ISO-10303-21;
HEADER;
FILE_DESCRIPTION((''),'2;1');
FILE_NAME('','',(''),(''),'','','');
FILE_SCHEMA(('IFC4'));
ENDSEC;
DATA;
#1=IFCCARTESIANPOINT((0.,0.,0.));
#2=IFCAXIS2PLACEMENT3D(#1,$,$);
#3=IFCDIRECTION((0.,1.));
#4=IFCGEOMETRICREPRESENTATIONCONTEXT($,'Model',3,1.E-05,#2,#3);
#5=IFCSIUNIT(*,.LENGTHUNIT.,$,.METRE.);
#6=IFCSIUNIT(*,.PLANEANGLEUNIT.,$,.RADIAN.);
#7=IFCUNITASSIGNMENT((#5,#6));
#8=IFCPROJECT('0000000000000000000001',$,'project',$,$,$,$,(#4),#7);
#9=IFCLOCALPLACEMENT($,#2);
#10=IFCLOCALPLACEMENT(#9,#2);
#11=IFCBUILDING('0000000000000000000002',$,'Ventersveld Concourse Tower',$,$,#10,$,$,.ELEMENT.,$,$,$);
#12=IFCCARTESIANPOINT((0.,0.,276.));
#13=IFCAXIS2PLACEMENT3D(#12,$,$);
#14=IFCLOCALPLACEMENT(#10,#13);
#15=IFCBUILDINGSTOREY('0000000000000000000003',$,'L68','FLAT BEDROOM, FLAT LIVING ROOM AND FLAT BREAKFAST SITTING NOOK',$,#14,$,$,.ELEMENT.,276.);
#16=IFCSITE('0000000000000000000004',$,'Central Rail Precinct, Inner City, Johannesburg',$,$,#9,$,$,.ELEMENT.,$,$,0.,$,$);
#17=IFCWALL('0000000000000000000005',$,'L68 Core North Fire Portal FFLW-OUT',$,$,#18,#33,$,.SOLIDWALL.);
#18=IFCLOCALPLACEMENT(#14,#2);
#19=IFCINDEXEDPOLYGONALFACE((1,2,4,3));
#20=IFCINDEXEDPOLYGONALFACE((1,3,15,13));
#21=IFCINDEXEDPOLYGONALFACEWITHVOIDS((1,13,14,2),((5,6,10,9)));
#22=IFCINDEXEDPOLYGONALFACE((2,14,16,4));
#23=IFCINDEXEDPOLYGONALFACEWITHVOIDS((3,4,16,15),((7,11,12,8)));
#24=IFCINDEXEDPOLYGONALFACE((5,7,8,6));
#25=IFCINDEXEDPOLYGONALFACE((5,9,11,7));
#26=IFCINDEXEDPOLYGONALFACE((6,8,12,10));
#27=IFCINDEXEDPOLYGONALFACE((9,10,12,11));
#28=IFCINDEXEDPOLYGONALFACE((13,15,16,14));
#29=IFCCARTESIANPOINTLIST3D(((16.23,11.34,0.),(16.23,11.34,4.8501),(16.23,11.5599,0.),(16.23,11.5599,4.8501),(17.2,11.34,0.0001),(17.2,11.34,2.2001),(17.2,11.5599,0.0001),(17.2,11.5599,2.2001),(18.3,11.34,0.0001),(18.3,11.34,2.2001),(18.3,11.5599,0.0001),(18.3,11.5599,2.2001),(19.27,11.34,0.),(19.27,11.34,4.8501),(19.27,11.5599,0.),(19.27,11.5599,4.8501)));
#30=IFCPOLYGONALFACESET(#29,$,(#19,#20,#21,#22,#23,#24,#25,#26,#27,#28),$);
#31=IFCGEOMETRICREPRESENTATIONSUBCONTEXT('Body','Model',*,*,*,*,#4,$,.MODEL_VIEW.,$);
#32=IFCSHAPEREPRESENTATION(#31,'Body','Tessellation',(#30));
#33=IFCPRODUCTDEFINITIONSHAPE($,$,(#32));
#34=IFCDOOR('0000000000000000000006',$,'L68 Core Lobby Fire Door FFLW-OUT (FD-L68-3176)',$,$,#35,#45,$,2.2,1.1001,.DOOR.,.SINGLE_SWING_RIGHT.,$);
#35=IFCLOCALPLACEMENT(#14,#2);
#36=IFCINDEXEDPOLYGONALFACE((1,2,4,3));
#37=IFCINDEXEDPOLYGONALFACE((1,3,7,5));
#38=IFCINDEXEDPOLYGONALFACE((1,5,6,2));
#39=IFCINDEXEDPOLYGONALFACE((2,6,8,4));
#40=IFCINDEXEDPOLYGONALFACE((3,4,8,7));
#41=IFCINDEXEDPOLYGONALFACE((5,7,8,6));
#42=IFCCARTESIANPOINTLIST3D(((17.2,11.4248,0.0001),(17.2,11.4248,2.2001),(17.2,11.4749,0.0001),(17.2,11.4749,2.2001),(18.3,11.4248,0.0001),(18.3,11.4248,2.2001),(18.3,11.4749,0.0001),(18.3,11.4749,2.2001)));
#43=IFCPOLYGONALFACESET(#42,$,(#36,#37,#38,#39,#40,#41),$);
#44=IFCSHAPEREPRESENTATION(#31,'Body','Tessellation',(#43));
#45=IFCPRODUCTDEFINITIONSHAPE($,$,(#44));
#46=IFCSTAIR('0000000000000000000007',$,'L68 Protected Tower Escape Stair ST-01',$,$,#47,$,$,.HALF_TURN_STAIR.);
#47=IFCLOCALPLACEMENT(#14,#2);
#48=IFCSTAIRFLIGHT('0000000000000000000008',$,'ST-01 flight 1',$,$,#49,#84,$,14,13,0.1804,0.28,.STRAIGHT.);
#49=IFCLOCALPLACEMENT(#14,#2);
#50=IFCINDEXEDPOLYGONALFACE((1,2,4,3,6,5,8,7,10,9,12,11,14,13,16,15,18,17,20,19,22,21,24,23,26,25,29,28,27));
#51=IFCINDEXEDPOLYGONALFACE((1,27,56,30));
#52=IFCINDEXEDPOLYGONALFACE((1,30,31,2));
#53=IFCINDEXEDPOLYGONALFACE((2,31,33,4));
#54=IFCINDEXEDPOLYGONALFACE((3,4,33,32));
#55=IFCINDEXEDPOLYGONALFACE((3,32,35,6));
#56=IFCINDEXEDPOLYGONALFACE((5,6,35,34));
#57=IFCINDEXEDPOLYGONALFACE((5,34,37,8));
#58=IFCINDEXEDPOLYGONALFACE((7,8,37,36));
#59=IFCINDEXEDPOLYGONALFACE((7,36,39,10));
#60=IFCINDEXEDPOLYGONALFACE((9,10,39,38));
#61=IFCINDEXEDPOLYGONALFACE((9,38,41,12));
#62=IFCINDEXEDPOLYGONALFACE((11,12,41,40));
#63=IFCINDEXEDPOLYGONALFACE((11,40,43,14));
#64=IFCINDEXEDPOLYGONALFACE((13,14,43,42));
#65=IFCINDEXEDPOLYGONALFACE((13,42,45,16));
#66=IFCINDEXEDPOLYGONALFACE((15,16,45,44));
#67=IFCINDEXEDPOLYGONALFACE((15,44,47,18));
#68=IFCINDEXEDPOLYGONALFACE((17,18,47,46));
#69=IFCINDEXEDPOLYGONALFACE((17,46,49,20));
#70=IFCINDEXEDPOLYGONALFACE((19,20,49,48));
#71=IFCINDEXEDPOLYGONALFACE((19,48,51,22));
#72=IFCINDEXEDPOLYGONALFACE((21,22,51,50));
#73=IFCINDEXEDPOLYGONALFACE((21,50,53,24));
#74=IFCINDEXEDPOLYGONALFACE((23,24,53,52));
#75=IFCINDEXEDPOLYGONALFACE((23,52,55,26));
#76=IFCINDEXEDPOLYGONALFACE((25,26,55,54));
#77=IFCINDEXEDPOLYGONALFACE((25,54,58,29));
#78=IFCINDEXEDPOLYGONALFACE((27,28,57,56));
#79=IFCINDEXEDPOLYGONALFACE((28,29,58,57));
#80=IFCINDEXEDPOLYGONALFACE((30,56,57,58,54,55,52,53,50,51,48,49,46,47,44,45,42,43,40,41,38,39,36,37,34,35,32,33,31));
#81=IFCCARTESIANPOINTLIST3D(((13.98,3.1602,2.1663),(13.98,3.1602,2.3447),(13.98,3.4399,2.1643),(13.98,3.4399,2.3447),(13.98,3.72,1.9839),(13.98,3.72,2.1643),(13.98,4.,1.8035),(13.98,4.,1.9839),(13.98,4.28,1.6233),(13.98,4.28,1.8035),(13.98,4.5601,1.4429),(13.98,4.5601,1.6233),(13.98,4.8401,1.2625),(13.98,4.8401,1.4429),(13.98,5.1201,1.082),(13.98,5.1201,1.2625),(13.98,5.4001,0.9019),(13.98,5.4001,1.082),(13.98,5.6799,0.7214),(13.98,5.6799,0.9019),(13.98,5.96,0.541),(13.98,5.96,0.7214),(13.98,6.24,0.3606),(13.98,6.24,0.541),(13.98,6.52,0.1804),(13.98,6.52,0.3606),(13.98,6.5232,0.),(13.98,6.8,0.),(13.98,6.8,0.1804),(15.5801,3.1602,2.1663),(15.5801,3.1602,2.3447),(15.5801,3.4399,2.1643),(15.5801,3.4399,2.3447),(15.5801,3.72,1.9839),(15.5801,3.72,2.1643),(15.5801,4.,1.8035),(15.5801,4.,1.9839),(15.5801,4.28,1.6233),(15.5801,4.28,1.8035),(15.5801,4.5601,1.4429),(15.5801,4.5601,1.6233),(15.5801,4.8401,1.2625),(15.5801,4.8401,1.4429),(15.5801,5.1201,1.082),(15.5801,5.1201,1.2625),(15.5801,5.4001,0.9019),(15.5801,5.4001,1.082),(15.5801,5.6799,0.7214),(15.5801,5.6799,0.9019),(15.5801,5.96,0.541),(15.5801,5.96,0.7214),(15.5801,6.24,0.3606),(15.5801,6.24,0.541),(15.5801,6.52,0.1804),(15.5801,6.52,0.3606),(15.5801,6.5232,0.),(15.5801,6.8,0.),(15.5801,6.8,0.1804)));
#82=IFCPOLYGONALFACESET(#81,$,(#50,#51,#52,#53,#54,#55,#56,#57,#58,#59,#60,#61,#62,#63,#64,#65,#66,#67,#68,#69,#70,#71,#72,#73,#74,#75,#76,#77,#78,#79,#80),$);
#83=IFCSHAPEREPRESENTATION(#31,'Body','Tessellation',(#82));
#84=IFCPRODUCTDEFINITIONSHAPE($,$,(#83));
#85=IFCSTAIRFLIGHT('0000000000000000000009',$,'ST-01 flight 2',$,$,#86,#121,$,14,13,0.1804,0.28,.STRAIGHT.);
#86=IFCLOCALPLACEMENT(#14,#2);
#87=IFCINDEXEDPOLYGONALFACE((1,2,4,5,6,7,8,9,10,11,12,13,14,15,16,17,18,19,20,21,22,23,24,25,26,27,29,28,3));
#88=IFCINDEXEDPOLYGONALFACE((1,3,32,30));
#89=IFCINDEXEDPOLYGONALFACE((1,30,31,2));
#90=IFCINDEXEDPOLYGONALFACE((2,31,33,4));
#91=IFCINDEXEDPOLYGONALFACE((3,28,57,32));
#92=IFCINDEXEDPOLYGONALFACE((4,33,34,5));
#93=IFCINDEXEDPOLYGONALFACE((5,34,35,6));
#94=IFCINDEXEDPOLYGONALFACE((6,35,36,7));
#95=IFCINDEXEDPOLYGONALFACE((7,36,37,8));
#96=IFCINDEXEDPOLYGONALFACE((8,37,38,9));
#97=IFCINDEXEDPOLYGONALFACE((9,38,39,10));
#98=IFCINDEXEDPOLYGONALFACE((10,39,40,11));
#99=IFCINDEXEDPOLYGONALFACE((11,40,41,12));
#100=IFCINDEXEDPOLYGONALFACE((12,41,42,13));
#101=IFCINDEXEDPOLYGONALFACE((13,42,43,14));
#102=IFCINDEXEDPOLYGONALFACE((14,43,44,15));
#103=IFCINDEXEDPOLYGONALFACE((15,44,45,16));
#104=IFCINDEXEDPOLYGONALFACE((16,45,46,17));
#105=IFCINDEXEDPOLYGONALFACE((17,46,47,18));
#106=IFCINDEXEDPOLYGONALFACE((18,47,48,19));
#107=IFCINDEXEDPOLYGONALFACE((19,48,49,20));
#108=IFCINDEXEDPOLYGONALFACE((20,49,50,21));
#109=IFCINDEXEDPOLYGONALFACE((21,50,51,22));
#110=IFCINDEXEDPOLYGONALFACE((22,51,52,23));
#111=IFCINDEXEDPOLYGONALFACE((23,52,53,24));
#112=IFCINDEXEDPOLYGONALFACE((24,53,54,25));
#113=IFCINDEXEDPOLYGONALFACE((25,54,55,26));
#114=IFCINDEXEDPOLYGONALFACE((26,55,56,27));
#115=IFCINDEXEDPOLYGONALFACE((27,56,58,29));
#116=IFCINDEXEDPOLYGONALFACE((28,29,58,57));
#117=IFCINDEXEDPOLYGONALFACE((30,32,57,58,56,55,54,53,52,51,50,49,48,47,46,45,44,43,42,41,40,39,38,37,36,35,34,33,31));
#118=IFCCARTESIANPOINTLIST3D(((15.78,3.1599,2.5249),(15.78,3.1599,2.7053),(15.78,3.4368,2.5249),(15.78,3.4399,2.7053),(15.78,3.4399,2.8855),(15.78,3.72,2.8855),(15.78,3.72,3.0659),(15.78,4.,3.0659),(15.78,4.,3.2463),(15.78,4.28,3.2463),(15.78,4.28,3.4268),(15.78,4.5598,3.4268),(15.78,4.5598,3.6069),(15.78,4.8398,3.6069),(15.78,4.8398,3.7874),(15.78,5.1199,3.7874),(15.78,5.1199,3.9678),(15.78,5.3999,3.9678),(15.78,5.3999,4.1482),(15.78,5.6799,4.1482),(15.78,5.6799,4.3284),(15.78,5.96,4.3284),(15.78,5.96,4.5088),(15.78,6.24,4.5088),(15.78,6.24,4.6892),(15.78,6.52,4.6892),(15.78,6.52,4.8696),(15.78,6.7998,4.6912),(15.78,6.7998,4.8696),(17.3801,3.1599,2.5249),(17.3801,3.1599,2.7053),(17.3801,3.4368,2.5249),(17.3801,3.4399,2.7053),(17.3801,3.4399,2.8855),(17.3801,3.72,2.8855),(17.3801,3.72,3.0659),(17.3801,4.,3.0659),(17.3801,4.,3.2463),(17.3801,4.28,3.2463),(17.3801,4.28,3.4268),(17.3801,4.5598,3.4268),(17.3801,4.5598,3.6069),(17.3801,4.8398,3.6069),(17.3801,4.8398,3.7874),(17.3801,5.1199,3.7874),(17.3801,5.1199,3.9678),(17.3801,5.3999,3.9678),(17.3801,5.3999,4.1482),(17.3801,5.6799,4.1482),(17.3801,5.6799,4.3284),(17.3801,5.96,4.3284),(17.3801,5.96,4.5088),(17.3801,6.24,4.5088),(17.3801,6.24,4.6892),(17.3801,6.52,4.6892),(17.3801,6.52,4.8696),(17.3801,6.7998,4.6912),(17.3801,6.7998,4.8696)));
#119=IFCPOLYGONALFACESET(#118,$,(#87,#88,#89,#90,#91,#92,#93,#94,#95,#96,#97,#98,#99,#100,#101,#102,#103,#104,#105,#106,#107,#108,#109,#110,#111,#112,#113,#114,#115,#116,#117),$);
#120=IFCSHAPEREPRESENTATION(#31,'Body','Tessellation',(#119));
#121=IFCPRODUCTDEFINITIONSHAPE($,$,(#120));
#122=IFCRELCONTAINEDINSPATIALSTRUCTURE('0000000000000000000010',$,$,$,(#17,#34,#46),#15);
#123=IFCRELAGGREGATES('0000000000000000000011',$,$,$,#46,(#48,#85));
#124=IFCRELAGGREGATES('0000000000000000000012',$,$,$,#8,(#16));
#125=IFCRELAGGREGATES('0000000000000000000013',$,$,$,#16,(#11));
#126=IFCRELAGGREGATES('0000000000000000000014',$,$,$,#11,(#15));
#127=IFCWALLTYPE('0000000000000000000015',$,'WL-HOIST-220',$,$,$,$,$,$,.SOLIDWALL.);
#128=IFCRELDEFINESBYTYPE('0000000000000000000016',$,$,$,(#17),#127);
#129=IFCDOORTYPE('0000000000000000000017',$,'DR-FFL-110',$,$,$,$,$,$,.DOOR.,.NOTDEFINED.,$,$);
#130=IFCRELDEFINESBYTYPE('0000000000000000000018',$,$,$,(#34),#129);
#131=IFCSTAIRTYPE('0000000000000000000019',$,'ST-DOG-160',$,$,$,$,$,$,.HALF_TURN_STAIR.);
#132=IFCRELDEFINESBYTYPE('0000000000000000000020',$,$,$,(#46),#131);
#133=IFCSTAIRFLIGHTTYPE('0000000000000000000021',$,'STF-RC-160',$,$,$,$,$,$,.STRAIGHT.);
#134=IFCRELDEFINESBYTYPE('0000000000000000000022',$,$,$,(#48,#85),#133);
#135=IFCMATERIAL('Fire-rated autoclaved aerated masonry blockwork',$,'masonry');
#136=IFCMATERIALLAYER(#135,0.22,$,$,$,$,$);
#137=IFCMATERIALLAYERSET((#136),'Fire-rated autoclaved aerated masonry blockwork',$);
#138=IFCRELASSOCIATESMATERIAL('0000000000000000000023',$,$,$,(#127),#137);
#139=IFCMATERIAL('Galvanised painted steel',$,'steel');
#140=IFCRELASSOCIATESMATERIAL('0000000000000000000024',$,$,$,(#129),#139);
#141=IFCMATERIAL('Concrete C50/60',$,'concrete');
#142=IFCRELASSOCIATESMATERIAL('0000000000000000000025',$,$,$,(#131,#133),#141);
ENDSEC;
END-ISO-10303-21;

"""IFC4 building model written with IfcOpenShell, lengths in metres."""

from ifc_helpers import new_model, si_unit, direction, frame, frame_2d, origin, place, context, subcontext, project, spatial, polyline, rectangle, outline, extrude, material, layer, layer_set, type_object, element, fill, aggregate, save


model = new_model("IFC4")

# Units and contexts
model_context = context("Model", 3, precision=1e-05, world=origin(), true_north=direction((0.0, 1.0)))
body_context = subcontext(model_context, "Body", "Model", "MODEL_VIEW")
ifc_project = project(units=[si_unit("LENGTHUNIT", "METRE"), si_unit("PLANEANGLEUNIT", "RADIAN")], contexts=[model_context])

# Site, building, storey
site_placement = place(None, origin())
site = spatial("IfcSite", under=ifc_project, at=site_placement, Name="Central Rail Precinct, Inner City, Johannesburg", CompositionType="ELEMENT", RefElevation=0.0)
building_placement = place(site_placement, origin())
building = spatial("IfcBuilding", under=site, at=building_placement, Name="Ventersveld Concourse Tower", CompositionType="ELEMENT")
storey_placement = place(building_placement, frame((0.0, 0.0, 276.0)))
storey = spatial("IfcBuildingStorey", under=building, at=storey_placement, Name="L68", Description="FLAT BEDROOM, FLAT LIVING ROOM AND FLAT BREAKFAST SITTING NOOK", CompositionType="ELEMENT", Elevation=276.0)

# Shared definitions
ifc_material_1 = material(Name="Concrete C50/60", Category="concrete")

# Shared definitions
ifc_material_2 = material(Name="Fire-rated autoclaved aerated masonry blockwork", Category="masonry")
ifc_layer_1 = layer(ifc_material_2, 0.22)
ifc_layer_set_1 = layer_set([ifc_layer_1], Name="Fire-rated autoclaved aerated masonry blockwork")
wall_type_1 = type_object("IfcWallType", Name="WL-HOIST-220", PredefinedType="SOLIDWALL", material=ifc_layer_set_1)

# Wall, opening, door
wall_1_placement = place(storey_placement, frame((16.23, 11.45, 0.0), z_axis=(0.0, 0.0, 1.0), x_axis=(1.0, 0.0, 0.0)))
wall_1 = element("IfcWall", 1, at=wall_1_placement, inside=storey, type_object=wall_type_1, Name="L68 Core North Fire Portal FFLW-OUT", PredefinedType="SOLIDWALL", context=body_context, shape_type="SweptSolid", body=[
    extrude(rectangle(XDim=3.04, YDim=0.22, at=frame_2d((1.52, 0.0))), origin(), (0.0, 0.0, 1.0), 4.8501),
])
opening_1_placement = place(wall_1_placement, frame((0.97, 0.0, 0.0)))
opening_1 = element("IfcOpeningElement", 2, at=opening_1_placement, cuts=wall_1, PredefinedType="OPENING", context=body_context, shape_type="SweptSolid", body=[
    extrude(rectangle(XDim=1.1001, YDim=2.2, at=frame_2d((0.55, 1.1001))), frame((0.0, 0.1201, 0.0), z_axis=(0.0, -1.0, 0.0), x_axis=(1.0, 0.0, 0.0)), (0.0, 0.0, 1.0), 0.24),
])
ifc_material_3 = material(Name="Galvanised painted steel", Category="steel")
door_type_1 = type_object("IfcDoorType", Name="DR-FFL-110", OperationType="NOTDEFINED", PredefinedType="DOOR", material=ifc_material_3)
door_1_placement = place(opening_1_placement, origin())
door_1 = element("IfcDoor", 3, at=door_1_placement, inside=storey, type_object=door_type_1, Name="L68 Core Lobby Fire Door FFLW-OUT (FD-L68-3176)", OperationType="SINGLE_SWING_RIGHT", OverallHeight=2.2, OverallWidth=1.1001, PredefinedType="DOOR", context=body_context, shape_type="SweptSolid", body=[
    extrude(rectangle(XDim=1.1001, YDim=2.2, at=frame_2d((0.55, 1.1001))), frame((0.0, 0.0249, 0.0), z_axis=(0.0, -1.0, 0.0), x_axis=(1.0, 0.0, 0.0)), (0.0, 0.0, 1.0), 0.05),
])
fill(opening_1, door_1)

# Stair, stair flights
stair_type = type_object("IfcStairType", Name="ST-DOG-160", PredefinedType="HALF_TURN_STAIR", material=ifc_material_1)
stair_placement = place(storey_placement, origin())
stair = element("IfcStair", 4, at=stair_placement, inside=storey, type_object=stair_type, Name="L68 Protected Tower Escape Stair ST-01", PredefinedType="HALF_TURN_STAIR")
stair_flight_type = type_object("IfcStairFlightType", Name="STF-RC-160", PredefinedType="STRAIGHT", material=ifc_material_1)
stair_flight_1_placement = place(storey_placement, frame((14.78, 6.8, 0.0), z_axis=(0.0, 0.0, 1.0), x_axis=(0.0, -1.0, 0.0)))
stair_flight_1 = element("IfcStairFlight", 5, at=stair_flight_1_placement, type_object=stair_flight_type, Name="ST-01 flight 1", NumberOfRisers=14, NumberOfTreads=13, PredefinedType="STRAIGHT", RiserHeight=0.1804, TreadLength=0.28, context=body_context, shape_type="SweptSolid", body=[
    extrude(outline(polyline([(0.0, 0.0), (0.0, 0.1804), (0.28, 0.1804), (0.28, 0.3606), (0.5601, 0.3606), (0.5601, 0.541), (0.8401, 0.541), (0.8401, 0.7214), (1.1201, 0.7214), (1.1201, 0.9019), (1.3999, 0.9019), (1.3999, 1.082), (1.6799, 1.082), (1.6799, 1.2625), (1.96, 1.2625), (1.96, 1.4429), (2.24, 1.4429), (2.24, 1.6233), (2.52, 1.6233), (2.52, 1.8035), (2.8, 1.8035), (2.8, 1.9839), (3.0801, 1.9839), (3.0801, 2.1643), (3.3601, 2.1643), (3.3601, 2.3447), (3.6399, 2.3447), (3.6399, 2.5249), (3.6399, 2.1663), (0.2769, 0.0), (0.0, 0.0)])), frame((0.0, 0.8, 0.0), z_axis=(0.0, -1.0, 0.0), x_axis=(1.0, 0.0, 0.0)), (0.0, 0.0, 1.0), 1.6001),
])
stair_flight_2_placement = place(storey_placement, frame((16.5801, 3.1599, 2.5249), z_axis=(0.0, 0.0, 1.0), x_axis=(0.0, 1.0, 0.0)))
stair_flight_2 = element("IfcStairFlight", 6, at=stair_flight_2_placement, type_object=stair_flight_type, Name="ST-01 flight 2", NumberOfRisers=14, NumberOfTreads=13, PredefinedType="STRAIGHT", RiserHeight=0.1804, TreadLength=0.28, context=body_context, shape_type="SweptSolid", body=[
    extrude(outline(polyline([(0.0, 0.0), (0.0, 0.1804), (0.28, 0.1804), (0.28, 0.3606), (0.5601, 0.3606), (0.5601, 0.541), (0.8401, 0.541), (0.8401, 0.7214), (1.1201, 0.7214), (1.1201, 0.9019), (1.3999, 0.9019), (1.3999, 1.082), (1.6799, 1.082), (1.6799, 1.2625), (1.96, 1.2625), (1.96, 1.4429), (2.24, 1.4429), (2.24, 1.6233), (2.52, 1.6233), (2.52, 1.8035), (2.8, 1.8035), (2.8, 1.9839), (3.0801, 1.9839), (3.0801, 2.1643), (3.3601, 2.1643), (3.3601, 2.3447), (3.6399, 2.3447), (3.6399, 2.5249), (3.6399, 2.1663), (0.2769, 0.0), (0.0, 0.0)])), frame((0.0, 0.8, 0.0), z_axis=(0.0, -1.0, 0.0), x_axis=(1.0, 0.0, 0.0)), (0.0, 0.0, 1.0), 1.6001),
])
aggregate(stair, [stair_flight_1, stair_flight_2])

save(model, "model.ifc")
